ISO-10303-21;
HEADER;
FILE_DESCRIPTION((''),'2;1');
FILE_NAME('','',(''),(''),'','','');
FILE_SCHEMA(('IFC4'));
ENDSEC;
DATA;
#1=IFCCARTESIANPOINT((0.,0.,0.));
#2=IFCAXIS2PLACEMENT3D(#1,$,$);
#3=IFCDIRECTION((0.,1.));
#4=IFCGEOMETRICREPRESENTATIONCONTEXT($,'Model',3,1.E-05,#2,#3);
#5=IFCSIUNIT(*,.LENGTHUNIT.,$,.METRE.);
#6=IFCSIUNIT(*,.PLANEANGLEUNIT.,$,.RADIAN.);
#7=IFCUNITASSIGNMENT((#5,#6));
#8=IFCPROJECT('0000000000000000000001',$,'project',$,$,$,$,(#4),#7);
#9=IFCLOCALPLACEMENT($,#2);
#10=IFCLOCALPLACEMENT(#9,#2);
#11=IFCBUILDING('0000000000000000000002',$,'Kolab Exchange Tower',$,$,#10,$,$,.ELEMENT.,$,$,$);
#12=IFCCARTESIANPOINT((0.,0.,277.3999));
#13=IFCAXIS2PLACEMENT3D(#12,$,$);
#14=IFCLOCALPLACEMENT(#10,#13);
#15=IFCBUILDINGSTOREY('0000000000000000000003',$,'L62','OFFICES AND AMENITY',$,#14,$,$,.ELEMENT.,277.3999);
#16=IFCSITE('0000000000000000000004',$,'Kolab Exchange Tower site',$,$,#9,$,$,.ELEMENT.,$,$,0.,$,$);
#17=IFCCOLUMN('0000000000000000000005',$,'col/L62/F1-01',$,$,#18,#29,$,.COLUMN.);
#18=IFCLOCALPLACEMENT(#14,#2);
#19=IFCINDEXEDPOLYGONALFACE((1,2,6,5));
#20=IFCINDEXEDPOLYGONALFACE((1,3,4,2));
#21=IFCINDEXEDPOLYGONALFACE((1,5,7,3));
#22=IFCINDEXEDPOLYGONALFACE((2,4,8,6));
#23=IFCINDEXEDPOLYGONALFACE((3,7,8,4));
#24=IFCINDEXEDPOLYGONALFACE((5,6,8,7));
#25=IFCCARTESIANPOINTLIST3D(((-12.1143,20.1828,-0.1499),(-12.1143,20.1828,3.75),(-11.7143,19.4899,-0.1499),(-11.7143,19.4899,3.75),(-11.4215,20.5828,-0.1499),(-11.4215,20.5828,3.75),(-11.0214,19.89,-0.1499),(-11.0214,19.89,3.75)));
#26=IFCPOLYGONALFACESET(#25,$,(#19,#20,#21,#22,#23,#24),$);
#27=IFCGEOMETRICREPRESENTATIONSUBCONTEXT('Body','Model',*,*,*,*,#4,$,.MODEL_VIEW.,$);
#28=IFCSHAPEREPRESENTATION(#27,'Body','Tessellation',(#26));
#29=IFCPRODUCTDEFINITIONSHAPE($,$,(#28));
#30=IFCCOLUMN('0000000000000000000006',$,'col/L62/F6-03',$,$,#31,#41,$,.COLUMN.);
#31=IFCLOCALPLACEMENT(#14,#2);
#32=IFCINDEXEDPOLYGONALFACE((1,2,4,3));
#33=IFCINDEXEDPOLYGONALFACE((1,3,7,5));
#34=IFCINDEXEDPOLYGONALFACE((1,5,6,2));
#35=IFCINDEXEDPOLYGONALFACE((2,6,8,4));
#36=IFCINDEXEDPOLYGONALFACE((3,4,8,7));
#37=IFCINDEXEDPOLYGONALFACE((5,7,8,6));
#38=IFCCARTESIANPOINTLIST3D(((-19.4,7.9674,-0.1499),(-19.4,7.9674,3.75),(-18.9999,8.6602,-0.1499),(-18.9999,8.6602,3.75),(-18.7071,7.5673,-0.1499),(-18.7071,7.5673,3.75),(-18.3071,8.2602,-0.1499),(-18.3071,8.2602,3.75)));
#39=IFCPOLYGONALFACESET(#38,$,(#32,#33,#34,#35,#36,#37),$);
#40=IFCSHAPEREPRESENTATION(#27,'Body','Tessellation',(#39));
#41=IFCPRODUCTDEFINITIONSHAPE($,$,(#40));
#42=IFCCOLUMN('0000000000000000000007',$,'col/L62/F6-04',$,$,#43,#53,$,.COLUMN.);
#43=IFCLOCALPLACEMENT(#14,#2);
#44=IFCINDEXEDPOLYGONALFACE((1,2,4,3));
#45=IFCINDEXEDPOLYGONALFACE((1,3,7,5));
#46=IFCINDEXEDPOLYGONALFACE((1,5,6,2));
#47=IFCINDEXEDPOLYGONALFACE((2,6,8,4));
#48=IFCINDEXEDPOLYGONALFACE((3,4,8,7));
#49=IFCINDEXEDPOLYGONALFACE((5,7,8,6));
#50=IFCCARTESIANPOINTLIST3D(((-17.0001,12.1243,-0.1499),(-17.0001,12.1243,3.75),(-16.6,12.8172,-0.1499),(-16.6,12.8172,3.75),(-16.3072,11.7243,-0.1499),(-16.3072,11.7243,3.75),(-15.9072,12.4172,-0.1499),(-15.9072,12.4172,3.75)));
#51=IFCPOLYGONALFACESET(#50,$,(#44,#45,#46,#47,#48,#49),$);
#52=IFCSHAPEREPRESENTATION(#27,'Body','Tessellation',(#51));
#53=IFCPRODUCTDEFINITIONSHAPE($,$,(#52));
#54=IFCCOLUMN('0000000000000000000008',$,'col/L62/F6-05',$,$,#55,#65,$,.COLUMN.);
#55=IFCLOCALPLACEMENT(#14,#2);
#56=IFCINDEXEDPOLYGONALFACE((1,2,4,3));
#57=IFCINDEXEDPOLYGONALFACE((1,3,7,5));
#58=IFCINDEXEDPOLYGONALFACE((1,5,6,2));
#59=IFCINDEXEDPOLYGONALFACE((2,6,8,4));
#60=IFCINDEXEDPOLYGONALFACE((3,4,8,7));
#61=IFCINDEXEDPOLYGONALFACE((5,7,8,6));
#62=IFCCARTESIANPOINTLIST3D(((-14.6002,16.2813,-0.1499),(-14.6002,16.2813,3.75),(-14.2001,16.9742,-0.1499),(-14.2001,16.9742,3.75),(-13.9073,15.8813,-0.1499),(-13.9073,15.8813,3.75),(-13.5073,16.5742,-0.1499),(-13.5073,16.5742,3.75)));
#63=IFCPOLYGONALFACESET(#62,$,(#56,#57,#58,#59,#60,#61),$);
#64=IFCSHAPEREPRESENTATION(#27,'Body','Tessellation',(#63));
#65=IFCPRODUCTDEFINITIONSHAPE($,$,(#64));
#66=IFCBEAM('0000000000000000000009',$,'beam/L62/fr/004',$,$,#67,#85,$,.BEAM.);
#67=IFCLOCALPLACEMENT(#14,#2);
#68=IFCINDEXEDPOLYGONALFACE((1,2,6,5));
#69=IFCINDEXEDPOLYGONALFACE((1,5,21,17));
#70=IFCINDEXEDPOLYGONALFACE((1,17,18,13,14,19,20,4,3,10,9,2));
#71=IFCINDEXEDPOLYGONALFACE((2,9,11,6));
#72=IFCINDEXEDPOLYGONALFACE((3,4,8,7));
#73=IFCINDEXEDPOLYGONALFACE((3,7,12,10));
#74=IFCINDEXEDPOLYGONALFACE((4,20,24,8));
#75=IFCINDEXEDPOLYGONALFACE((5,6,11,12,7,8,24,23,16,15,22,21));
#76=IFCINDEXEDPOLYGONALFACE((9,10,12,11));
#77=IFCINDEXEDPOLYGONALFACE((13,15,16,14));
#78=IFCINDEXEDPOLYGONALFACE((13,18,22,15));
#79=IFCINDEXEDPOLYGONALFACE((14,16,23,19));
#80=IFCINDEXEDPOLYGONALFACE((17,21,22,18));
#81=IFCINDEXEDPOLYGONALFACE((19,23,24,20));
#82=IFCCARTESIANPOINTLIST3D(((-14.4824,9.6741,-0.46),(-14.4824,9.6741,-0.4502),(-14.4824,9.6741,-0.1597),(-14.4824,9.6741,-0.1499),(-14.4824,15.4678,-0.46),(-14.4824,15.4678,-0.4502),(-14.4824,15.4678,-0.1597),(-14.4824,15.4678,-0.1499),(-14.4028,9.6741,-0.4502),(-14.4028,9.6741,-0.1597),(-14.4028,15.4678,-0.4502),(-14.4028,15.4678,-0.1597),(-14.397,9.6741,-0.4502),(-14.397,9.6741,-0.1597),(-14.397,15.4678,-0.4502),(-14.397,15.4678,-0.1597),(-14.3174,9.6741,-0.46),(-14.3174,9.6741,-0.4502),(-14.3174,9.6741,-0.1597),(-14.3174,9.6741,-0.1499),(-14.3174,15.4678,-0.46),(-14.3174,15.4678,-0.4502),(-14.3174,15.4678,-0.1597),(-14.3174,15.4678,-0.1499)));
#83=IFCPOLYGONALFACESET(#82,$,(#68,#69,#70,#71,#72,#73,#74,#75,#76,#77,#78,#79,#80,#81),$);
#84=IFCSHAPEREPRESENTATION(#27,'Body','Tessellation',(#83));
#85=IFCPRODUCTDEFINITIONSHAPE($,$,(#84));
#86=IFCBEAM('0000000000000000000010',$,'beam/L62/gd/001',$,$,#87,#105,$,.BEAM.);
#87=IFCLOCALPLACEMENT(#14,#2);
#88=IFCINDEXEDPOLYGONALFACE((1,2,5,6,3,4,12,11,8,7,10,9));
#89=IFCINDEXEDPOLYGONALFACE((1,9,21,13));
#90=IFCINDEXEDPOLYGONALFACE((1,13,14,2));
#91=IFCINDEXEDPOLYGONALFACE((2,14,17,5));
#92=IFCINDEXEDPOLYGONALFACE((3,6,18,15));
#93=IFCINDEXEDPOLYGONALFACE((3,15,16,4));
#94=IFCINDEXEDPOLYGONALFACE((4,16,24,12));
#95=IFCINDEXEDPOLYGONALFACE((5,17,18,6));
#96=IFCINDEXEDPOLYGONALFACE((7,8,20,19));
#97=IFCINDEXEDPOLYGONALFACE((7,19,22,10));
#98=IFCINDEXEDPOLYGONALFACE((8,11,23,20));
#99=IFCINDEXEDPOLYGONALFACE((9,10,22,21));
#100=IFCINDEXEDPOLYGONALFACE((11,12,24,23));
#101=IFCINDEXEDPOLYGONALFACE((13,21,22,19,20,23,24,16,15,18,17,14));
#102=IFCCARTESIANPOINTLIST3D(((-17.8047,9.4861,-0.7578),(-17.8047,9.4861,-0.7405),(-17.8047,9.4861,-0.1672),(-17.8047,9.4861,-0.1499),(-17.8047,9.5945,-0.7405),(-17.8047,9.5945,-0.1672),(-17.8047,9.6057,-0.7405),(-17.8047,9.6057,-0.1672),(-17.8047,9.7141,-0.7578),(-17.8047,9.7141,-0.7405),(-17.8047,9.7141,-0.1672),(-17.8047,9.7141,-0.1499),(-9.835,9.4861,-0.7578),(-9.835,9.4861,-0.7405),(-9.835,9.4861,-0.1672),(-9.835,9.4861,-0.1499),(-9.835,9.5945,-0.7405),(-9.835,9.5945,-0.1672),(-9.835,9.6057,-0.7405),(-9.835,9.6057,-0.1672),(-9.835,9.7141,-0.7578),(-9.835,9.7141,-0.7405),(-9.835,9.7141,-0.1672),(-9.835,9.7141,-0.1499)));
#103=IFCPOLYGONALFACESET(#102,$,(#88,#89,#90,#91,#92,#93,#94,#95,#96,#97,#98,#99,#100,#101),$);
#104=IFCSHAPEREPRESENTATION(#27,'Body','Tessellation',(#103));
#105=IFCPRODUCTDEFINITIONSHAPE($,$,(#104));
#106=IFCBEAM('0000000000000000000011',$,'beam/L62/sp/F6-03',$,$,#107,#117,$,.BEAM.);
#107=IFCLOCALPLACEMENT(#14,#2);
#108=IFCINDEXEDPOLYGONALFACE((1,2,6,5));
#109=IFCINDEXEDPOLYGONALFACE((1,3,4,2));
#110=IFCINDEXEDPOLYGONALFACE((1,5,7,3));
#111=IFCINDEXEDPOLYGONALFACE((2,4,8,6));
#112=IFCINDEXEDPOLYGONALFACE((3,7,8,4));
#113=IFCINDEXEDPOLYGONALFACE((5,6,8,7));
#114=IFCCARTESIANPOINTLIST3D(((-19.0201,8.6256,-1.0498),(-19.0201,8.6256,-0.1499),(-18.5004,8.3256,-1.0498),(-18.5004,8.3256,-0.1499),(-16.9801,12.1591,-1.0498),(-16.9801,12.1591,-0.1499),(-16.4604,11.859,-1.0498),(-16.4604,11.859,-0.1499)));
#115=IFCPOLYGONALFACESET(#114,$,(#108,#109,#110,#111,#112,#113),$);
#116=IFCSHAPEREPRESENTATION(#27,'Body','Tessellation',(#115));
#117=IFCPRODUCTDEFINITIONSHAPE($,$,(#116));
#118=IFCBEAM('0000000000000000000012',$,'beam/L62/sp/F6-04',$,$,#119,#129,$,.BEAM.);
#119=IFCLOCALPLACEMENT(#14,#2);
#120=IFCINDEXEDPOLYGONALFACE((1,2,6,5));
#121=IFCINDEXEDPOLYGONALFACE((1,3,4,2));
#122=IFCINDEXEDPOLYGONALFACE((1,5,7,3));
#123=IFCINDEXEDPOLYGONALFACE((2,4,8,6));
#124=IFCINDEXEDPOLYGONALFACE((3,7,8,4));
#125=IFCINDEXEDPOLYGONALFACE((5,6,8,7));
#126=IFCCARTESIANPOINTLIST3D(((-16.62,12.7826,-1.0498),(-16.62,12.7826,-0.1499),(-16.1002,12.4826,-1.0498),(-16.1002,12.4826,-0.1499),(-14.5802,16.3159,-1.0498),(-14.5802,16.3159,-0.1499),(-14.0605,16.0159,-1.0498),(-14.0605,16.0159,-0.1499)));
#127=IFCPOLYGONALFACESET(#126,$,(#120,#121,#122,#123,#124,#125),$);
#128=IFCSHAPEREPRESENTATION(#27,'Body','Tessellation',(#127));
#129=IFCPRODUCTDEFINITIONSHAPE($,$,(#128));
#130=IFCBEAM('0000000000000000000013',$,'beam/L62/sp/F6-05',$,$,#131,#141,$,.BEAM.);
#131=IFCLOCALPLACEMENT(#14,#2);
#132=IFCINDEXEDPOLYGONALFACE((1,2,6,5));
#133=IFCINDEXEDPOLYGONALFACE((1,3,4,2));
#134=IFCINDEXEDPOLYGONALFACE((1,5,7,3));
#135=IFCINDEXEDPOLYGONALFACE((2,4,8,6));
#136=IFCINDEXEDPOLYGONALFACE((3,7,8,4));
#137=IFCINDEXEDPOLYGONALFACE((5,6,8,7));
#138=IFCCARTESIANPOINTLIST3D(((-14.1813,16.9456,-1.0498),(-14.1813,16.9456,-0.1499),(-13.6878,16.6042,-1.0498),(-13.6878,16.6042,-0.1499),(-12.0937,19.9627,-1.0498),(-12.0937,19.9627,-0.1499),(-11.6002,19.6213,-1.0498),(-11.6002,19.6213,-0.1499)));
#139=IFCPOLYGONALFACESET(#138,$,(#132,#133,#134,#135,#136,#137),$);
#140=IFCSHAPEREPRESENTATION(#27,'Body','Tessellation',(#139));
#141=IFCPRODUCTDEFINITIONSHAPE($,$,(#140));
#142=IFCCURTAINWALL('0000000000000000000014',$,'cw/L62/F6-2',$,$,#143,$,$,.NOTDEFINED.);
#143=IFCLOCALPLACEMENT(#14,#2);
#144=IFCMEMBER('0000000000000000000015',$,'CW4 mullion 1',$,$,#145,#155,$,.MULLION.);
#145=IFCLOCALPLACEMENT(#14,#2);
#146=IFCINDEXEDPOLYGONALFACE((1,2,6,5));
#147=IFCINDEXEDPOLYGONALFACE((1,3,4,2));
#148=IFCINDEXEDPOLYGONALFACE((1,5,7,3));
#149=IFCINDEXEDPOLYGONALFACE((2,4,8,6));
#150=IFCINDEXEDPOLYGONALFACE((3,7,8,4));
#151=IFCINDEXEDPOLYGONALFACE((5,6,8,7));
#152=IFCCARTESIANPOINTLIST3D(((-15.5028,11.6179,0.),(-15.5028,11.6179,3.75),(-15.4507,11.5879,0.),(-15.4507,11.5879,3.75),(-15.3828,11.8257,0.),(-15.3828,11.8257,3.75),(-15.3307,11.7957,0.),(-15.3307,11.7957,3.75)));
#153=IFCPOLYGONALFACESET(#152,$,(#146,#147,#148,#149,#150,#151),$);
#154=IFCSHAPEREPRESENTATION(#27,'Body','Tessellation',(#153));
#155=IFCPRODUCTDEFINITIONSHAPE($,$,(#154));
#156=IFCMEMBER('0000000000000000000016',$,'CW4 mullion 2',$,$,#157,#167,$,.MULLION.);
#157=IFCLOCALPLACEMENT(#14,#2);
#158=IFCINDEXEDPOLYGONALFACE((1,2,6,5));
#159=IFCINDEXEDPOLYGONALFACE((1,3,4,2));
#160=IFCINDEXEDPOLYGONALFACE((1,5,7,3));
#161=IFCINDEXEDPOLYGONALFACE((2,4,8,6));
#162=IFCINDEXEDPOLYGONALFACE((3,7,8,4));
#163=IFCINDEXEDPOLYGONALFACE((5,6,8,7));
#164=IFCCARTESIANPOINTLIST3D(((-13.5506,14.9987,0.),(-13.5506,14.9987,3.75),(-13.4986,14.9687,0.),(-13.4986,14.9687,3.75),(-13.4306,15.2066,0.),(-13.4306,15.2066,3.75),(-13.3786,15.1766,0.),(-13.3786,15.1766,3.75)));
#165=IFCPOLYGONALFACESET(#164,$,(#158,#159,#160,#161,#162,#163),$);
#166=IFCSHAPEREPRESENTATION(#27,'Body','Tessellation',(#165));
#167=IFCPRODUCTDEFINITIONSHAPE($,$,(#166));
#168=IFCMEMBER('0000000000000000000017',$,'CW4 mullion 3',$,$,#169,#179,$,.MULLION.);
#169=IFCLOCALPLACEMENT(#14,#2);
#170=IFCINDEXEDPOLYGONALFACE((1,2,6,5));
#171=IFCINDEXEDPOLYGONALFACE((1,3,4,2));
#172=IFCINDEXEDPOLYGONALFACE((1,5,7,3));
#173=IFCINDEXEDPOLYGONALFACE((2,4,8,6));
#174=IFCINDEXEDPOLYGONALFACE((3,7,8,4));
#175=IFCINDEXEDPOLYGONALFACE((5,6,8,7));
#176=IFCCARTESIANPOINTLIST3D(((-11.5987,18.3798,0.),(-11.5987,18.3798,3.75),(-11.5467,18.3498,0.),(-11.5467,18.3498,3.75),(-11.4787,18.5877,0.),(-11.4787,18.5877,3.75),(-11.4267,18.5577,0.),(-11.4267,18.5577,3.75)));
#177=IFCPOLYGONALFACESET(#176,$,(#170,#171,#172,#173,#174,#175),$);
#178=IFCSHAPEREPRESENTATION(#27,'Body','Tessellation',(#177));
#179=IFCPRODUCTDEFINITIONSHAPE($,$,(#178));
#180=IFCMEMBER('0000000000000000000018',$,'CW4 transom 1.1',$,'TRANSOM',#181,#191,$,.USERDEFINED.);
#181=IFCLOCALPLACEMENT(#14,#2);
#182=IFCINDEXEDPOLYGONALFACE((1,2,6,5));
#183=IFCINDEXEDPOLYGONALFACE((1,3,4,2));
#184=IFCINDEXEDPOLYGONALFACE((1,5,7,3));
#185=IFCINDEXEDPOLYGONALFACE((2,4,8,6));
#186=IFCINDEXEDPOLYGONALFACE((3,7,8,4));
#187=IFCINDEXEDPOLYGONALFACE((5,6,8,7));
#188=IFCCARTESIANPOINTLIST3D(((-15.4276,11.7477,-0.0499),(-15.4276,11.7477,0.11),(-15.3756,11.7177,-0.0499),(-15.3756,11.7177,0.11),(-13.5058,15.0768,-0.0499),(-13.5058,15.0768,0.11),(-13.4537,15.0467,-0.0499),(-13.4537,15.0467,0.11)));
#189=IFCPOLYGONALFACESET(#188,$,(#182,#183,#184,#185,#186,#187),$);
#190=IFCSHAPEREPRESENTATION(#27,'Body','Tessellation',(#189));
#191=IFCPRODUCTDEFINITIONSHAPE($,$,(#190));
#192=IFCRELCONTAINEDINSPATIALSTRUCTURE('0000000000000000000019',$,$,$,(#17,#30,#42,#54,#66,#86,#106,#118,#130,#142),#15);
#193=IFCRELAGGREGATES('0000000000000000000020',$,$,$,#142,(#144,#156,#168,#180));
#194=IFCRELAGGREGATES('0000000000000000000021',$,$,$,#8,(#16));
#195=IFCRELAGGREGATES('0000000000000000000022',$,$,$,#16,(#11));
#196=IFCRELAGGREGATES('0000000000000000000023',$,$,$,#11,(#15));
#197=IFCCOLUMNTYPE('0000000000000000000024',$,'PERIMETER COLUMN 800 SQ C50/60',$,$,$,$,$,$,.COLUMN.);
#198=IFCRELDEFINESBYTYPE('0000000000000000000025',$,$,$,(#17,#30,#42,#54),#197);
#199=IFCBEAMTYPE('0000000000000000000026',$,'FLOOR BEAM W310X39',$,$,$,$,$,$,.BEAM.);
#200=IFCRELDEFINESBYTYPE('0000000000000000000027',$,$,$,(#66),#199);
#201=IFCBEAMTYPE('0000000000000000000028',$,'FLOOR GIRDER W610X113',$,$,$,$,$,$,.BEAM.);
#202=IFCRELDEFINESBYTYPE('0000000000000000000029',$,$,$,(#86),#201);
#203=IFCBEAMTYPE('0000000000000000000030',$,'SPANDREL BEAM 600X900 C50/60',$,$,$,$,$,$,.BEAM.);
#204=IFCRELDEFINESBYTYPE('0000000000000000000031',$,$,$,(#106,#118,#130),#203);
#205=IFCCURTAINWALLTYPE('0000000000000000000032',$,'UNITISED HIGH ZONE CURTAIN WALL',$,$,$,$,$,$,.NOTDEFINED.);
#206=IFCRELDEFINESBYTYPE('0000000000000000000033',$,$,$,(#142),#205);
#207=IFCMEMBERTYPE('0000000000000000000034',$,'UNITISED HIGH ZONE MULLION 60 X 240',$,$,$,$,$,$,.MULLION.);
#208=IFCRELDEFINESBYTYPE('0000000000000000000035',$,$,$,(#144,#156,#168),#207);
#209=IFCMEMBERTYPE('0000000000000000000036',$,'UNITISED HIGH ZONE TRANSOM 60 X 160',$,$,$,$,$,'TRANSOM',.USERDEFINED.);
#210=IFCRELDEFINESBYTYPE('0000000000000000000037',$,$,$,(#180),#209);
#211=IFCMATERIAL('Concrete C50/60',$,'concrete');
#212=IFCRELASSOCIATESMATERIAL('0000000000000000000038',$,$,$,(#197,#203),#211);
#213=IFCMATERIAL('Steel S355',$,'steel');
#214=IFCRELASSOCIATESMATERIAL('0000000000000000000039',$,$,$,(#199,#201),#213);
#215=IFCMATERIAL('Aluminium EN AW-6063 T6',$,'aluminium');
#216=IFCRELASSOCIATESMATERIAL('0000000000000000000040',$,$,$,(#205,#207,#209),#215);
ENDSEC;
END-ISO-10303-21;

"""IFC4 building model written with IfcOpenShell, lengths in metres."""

from ifc_helpers import new_model, si_unit, direction, frame, origin, origin_2d, place, context, subcontext, project, spatial, rectangle, i_section, extrude, material, material_profile, profile_set, type_object, element, aggregate, save


model = new_model("IFC4")

# Units and contexts
model_context = context("Model", 3, precision=1e-05, world=origin(), true_north=direction((0.0, 1.0)))
body_context = subcontext(model_context, "Body", "Model", "MODEL_VIEW")
ifc_project = project(units=[si_unit("LENGTHUNIT", "METRE"), si_unit("PLANEANGLEUNIT", "RADIAN")], contexts=[model_context])

# Site, building, storey
site_placement = place(None, origin())
site = spatial("IfcSite", under=ifc_project, at=site_placement, Name="Kolab Exchange Tower site", CompositionType="ELEMENT", RefElevation=0.0)
building_placement = place(site_placement, origin())
building = spatial("IfcBuilding", under=site, at=building_placement, Name="Kolab Exchange Tower", CompositionType="ELEMENT")
storey_placement = place(building_placement, frame((0.0, 0.0, 277.3999)))
storey = spatial("IfcBuildingStorey", under=building, at=storey_placement, Name="L62", Description="OFFICES AND AMENITY", CompositionType="ELEMENT", Elevation=277.3999)

# Columns
ifc_material_1 = material(Name="Concrete C50/60", Category="concrete")
ifc_material_profile_1 = material_profile(ifc_material_1, rectangle(XDim=0.8, YDim=0.8, at=origin_2d()), Name="RC800")
ifc_profile_set_1 = profile_set([ifc_material_profile_1], Name="Concrete C50/60")
column_type = type_object("IfcColumnType", Name="PERIMETER COLUMN 800 SQ C50/60", PredefinedType="COLUMN", material=ifc_profile_set_1)
for number, where, z_axis, x_axis, name in (
    (1, (-11.5679, 20.0364, -0.1499), (0.0, 0.0, 1.0), (0.866025, 0.5, 0.0), "col/L62/F1-01"),
    (2, (-18.8535, 8.1138, -0.1499), (0.0, 0.0, 1.0), (0.5, 0.866025, 0.0), "col/L62/F6-03"),
    (3, (-16.4536, 12.2708, -0.1499), (0.0, 0.0, 1.0), (0.5, 0.866025, 0.0), "col/L62/F6-04"),
    (4, (-14.0537, 16.4277, -0.1499), (0.0, 0.0, 1.0), (0.5, 0.866025, 0.0), "col/L62/F6-05"),
):
    element("IfcColumn", number, at=place(storey_placement, frame(where, z_axis=z_axis, x_axis=x_axis)), inside=storey, type_object=column_type, Name=name, PredefinedType="COLUMN", context=body_context, shape_type="SweptSolid", body=[
        extrude(rectangle(XDim=0.8, YDim=0.8, at=origin_2d()), origin(), (0.0, 0.0, 1.0), 3.8999),
    ])

# Beams
ifc_material_2 = material(Name="Steel S355", Category="steel")
ifc_material_profile_2 = material_profile(ifc_material_2, i_section(OverallWidth=0.165, OverallDepth=0.3101, WebThickness=0.0059, FlangeThickness=0.0098, at=origin_2d()), Name="W310X39")
ifc_profile_set_2 = profile_set([ifc_material_profile_2], Name="Steel S355")
beam_type_1 = type_object("IfcBeamType", Name="FLOOR BEAM W310X39", PredefinedType="BEAM", material=ifc_profile_set_2)
beam_1_placement = place(storey_placement, frame((-14.3999, 9.6741, -0.3049), z_axis=(0.0, 1.0, 0.0), x_axis=(-1.0, 0.0, 0.0)))
element("IfcBeam", 5, at=beam_1_placement, inside=storey, type_object=beam_type_1, Name="beam/L62/fr/004", PredefinedType="BEAM", context=body_context, shape_type="SweptSolid", body=[
    extrude(i_section(OverallWidth=0.165, OverallDepth=0.3101, WebThickness=0.0059, FlangeThickness=0.0098, at=origin_2d()), origin(), (0.0, 0.0, 1.0), 5.7937),
])
ifc_material_profile_3 = material_profile(ifc_material_2, i_section(OverallWidth=0.228, OverallDepth=0.6079, WebThickness=0.0112, FlangeThickness=0.0173, at=origin_2d()), Name="W610X113")
ifc_profile_set_3 = profile_set([ifc_material_profile_3], Name="Steel S355")
beam_type_2 = type_object("IfcBeamType", Name="FLOOR GIRDER W610X113", PredefinedType="BEAM", material=ifc_profile_set_3)
beam_2_placement = place(storey_placement, frame((-17.8047, 9.6001, -0.4539), z_axis=(1.0, 0.0, 0.0), x_axis=(0.0, 1.0, 0.0)))
element("IfcBeam", 6, at=beam_2_placement, inside=storey, type_object=beam_type_2, Name="beam/L62/gd/001", PredefinedType="BEAM", context=body_context, shape_type="SweptSolid", body=[
    extrude(i_section(OverallWidth=0.228, OverallDepth=0.6079, WebThickness=0.0112, FlangeThickness=0.0173, at=origin_2d()), origin(), (0.0, 0.0, 1.0), 7.9697),
])
ifc_material_profile_4 = material_profile(ifc_material_1, rectangle(XDim=0.6001, YDim=0.8999, at=origin_2d()), Name="RC600X900")
ifc_profile_set_4 = profile_set([ifc_material_profile_4], Name="Concrete C50/60")
beam_type_3 = type_object("IfcBeamType", Name="SPANDREL BEAM 600X900 C50/60", PredefinedType="BEAM", material=ifc_profile_set_4)
beam_3_placement = place(storey_placement, frame((-18.7603, 8.4756, -0.5999), z_axis=(0.5, 0.866025, 0.0), x_axis=(-0.866025, 0.5, 0.0)))
element("IfcBeam", 7, at=beam_3_placement, inside=storey, type_object=beam_type_3, Name="beam/L62/sp/F6-03", PredefinedType="BEAM", context=body_context, shape_type="SweptSolid", body=[
    extrude(rectangle(XDim=0.6001, YDim=0.8999, at=origin_2d()), origin(), (0.0, 0.0, 1.0), 4.0801),
])
beam_4_placement = place(storey_placement, frame((-16.3601, 12.6326, -0.5999), z_axis=(0.499956, 0.866051, 0.0), x_axis=(-0.866051, 0.499956, 0.0)))
element("IfcBeam", 8, at=beam_4_placement, inside=storey, type_object=beam_type_3, Name="beam/L62/sp/F6-04", PredefinedType="BEAM", context=body_context, shape_type="SweptSolid", body=[
    extrude(rectangle(XDim=0.6001, YDim=0.8999, at=origin_2d()), origin(), (0.0, 0.0, 1.0), 4.0798),
])
beam_5_placement = place(storey_placement, frame((-13.9346, 16.7749, -0.5999), z_axis=(0.569006, 0.822334, 0.0), x_axis=(-0.822334, 0.569006, 0.0)))
element("IfcBeam", 9, at=beam_5_placement, inside=storey, type_object=beam_type_3, Name="beam/L62/sp/F6-05", PredefinedType="BEAM", context=body_context, shape_type="SweptSolid", body=[
    extrude(rectangle(XDim=0.6001, YDim=0.8999, at=origin_2d()), origin(), (0.0, 0.0, 1.0), 3.6689),
])

# Curtain wall, members
ifc_material_3 = material(Name="Aluminium EN AW-6063 T6", Category="aluminium")
curtain_wall_type = type_object("IfcCurtainWallType", Name="UNITISED HIGH ZONE CURTAIN WALL", PredefinedType="NOTDEFINED", material=ifc_material_3)
curtain_wall_placement = place(storey_placement, origin())
curtain_wall = element("IfcCurtainWall", 10, at=curtain_wall_placement, inside=storey, type_object=curtain_wall_type, Name="cw/L62/F6-2", PredefinedType="NOTDEFINED")
ifc_material_profile_5 = material_profile(ifc_material_3, rectangle(XDim=0.0601, YDim=0.24, at=origin_2d()), Name="RECT 60X240")
ifc_profile_set_5 = profile_set([ifc_material_profile_5], Name="Aluminium EN AW-6063 T6")
member_type_1 = type_object("IfcMemberType", Name="UNITISED HIGH ZONE MULLION 60 X 240", PredefinedType="MULLION", material=ifc_profile_set_5)
member_1_placement = place(storey_placement, frame((-15.4167, 11.7068, 0.0), z_axis=(0.0, 0.0, 1.0), x_axis=(-0.866025, 0.5, 0.0)))
member_1 = element("IfcMember", 11, at=member_1_placement, type_object=member_type_1, Name="CW4 mullion 1", PredefinedType="MULLION", context=body_context, shape_type="SweptSolid", body=[
    extrude(rectangle(XDim=0.0601, YDim=0.24, at=origin_2d()), origin(), (0.0, 0.0, 1.0), 3.75),
])
member_2_placement = place(storey_placement, frame((-13.4646, 15.0876, 0.0), z_axis=(0.0, 0.0, 1.0), x_axis=(-0.866025, 0.5, 0.0)))
member_2 = element("IfcMember", 12, at=member_2_placement, type_object=member_type_1, Name="CW4 mullion 2", PredefinedType="MULLION", context=body_context, shape_type="SweptSolid", body=[
    extrude(rectangle(XDim=0.0601, YDim=0.24, at=origin_2d()), origin(), (0.0, 0.0, 1.0), 3.75),
])
member_3_placement = place(storey_placement, frame((-11.5127, 18.4688, 0.0), z_axis=(0.0, 0.0, 1.0), x_axis=(-0.866025, 0.5, 0.0)))
member_3 = element("IfcMember", 13, at=member_3_placement, type_object=member_type_1, Name="CW4 mullion 3", PredefinedType="MULLION", context=body_context, shape_type="SweptSolid", body=[
    extrude(rectangle(XDim=0.0601, YDim=0.24, at=origin_2d()), origin(), (0.0, 0.0, 1.0), 3.75),
])
ifc_material_profile_6 = material_profile(ifc_material_3, rectangle(XDim=0.0601, YDim=0.1599, at=origin_2d()), Name="RECT 60X160")
ifc_profile_set_6 = profile_set([ifc_material_profile_6], Name="Aluminium EN AW-6063 T6")
member_type_2 = type_object("IfcMemberType", Name="UNITISED HIGH ZONE TRANSOM 60 X 160", ElementType="TRANSOM", PredefinedType="USERDEFINED", material=ifc_profile_set_6)
member_4_placement = place(storey_placement, frame((-15.4016, 11.7327, 0.03), z_axis=(0.499964, 0.866046, 0.0), x_axis=(-0.866046, 0.499964, 0.0)))
member_4 = element("IfcMember", 14, at=member_4_placement, type_object=member_type_2, Name="CW4 transom 1.1", ObjectType="TRANSOM", PredefinedType="USERDEFINED", context=body_context, shape_type="SweptSolid", body=[
    extrude(rectangle(XDim=0.0601, YDim=0.1599, at=origin_2d()), origin(), (0.0, 0.0, 1.0), 3.844),
])
aggregate(curtain_wall, [member_1, member_2, member_3, member_4])

save(model, "model.ifc")
